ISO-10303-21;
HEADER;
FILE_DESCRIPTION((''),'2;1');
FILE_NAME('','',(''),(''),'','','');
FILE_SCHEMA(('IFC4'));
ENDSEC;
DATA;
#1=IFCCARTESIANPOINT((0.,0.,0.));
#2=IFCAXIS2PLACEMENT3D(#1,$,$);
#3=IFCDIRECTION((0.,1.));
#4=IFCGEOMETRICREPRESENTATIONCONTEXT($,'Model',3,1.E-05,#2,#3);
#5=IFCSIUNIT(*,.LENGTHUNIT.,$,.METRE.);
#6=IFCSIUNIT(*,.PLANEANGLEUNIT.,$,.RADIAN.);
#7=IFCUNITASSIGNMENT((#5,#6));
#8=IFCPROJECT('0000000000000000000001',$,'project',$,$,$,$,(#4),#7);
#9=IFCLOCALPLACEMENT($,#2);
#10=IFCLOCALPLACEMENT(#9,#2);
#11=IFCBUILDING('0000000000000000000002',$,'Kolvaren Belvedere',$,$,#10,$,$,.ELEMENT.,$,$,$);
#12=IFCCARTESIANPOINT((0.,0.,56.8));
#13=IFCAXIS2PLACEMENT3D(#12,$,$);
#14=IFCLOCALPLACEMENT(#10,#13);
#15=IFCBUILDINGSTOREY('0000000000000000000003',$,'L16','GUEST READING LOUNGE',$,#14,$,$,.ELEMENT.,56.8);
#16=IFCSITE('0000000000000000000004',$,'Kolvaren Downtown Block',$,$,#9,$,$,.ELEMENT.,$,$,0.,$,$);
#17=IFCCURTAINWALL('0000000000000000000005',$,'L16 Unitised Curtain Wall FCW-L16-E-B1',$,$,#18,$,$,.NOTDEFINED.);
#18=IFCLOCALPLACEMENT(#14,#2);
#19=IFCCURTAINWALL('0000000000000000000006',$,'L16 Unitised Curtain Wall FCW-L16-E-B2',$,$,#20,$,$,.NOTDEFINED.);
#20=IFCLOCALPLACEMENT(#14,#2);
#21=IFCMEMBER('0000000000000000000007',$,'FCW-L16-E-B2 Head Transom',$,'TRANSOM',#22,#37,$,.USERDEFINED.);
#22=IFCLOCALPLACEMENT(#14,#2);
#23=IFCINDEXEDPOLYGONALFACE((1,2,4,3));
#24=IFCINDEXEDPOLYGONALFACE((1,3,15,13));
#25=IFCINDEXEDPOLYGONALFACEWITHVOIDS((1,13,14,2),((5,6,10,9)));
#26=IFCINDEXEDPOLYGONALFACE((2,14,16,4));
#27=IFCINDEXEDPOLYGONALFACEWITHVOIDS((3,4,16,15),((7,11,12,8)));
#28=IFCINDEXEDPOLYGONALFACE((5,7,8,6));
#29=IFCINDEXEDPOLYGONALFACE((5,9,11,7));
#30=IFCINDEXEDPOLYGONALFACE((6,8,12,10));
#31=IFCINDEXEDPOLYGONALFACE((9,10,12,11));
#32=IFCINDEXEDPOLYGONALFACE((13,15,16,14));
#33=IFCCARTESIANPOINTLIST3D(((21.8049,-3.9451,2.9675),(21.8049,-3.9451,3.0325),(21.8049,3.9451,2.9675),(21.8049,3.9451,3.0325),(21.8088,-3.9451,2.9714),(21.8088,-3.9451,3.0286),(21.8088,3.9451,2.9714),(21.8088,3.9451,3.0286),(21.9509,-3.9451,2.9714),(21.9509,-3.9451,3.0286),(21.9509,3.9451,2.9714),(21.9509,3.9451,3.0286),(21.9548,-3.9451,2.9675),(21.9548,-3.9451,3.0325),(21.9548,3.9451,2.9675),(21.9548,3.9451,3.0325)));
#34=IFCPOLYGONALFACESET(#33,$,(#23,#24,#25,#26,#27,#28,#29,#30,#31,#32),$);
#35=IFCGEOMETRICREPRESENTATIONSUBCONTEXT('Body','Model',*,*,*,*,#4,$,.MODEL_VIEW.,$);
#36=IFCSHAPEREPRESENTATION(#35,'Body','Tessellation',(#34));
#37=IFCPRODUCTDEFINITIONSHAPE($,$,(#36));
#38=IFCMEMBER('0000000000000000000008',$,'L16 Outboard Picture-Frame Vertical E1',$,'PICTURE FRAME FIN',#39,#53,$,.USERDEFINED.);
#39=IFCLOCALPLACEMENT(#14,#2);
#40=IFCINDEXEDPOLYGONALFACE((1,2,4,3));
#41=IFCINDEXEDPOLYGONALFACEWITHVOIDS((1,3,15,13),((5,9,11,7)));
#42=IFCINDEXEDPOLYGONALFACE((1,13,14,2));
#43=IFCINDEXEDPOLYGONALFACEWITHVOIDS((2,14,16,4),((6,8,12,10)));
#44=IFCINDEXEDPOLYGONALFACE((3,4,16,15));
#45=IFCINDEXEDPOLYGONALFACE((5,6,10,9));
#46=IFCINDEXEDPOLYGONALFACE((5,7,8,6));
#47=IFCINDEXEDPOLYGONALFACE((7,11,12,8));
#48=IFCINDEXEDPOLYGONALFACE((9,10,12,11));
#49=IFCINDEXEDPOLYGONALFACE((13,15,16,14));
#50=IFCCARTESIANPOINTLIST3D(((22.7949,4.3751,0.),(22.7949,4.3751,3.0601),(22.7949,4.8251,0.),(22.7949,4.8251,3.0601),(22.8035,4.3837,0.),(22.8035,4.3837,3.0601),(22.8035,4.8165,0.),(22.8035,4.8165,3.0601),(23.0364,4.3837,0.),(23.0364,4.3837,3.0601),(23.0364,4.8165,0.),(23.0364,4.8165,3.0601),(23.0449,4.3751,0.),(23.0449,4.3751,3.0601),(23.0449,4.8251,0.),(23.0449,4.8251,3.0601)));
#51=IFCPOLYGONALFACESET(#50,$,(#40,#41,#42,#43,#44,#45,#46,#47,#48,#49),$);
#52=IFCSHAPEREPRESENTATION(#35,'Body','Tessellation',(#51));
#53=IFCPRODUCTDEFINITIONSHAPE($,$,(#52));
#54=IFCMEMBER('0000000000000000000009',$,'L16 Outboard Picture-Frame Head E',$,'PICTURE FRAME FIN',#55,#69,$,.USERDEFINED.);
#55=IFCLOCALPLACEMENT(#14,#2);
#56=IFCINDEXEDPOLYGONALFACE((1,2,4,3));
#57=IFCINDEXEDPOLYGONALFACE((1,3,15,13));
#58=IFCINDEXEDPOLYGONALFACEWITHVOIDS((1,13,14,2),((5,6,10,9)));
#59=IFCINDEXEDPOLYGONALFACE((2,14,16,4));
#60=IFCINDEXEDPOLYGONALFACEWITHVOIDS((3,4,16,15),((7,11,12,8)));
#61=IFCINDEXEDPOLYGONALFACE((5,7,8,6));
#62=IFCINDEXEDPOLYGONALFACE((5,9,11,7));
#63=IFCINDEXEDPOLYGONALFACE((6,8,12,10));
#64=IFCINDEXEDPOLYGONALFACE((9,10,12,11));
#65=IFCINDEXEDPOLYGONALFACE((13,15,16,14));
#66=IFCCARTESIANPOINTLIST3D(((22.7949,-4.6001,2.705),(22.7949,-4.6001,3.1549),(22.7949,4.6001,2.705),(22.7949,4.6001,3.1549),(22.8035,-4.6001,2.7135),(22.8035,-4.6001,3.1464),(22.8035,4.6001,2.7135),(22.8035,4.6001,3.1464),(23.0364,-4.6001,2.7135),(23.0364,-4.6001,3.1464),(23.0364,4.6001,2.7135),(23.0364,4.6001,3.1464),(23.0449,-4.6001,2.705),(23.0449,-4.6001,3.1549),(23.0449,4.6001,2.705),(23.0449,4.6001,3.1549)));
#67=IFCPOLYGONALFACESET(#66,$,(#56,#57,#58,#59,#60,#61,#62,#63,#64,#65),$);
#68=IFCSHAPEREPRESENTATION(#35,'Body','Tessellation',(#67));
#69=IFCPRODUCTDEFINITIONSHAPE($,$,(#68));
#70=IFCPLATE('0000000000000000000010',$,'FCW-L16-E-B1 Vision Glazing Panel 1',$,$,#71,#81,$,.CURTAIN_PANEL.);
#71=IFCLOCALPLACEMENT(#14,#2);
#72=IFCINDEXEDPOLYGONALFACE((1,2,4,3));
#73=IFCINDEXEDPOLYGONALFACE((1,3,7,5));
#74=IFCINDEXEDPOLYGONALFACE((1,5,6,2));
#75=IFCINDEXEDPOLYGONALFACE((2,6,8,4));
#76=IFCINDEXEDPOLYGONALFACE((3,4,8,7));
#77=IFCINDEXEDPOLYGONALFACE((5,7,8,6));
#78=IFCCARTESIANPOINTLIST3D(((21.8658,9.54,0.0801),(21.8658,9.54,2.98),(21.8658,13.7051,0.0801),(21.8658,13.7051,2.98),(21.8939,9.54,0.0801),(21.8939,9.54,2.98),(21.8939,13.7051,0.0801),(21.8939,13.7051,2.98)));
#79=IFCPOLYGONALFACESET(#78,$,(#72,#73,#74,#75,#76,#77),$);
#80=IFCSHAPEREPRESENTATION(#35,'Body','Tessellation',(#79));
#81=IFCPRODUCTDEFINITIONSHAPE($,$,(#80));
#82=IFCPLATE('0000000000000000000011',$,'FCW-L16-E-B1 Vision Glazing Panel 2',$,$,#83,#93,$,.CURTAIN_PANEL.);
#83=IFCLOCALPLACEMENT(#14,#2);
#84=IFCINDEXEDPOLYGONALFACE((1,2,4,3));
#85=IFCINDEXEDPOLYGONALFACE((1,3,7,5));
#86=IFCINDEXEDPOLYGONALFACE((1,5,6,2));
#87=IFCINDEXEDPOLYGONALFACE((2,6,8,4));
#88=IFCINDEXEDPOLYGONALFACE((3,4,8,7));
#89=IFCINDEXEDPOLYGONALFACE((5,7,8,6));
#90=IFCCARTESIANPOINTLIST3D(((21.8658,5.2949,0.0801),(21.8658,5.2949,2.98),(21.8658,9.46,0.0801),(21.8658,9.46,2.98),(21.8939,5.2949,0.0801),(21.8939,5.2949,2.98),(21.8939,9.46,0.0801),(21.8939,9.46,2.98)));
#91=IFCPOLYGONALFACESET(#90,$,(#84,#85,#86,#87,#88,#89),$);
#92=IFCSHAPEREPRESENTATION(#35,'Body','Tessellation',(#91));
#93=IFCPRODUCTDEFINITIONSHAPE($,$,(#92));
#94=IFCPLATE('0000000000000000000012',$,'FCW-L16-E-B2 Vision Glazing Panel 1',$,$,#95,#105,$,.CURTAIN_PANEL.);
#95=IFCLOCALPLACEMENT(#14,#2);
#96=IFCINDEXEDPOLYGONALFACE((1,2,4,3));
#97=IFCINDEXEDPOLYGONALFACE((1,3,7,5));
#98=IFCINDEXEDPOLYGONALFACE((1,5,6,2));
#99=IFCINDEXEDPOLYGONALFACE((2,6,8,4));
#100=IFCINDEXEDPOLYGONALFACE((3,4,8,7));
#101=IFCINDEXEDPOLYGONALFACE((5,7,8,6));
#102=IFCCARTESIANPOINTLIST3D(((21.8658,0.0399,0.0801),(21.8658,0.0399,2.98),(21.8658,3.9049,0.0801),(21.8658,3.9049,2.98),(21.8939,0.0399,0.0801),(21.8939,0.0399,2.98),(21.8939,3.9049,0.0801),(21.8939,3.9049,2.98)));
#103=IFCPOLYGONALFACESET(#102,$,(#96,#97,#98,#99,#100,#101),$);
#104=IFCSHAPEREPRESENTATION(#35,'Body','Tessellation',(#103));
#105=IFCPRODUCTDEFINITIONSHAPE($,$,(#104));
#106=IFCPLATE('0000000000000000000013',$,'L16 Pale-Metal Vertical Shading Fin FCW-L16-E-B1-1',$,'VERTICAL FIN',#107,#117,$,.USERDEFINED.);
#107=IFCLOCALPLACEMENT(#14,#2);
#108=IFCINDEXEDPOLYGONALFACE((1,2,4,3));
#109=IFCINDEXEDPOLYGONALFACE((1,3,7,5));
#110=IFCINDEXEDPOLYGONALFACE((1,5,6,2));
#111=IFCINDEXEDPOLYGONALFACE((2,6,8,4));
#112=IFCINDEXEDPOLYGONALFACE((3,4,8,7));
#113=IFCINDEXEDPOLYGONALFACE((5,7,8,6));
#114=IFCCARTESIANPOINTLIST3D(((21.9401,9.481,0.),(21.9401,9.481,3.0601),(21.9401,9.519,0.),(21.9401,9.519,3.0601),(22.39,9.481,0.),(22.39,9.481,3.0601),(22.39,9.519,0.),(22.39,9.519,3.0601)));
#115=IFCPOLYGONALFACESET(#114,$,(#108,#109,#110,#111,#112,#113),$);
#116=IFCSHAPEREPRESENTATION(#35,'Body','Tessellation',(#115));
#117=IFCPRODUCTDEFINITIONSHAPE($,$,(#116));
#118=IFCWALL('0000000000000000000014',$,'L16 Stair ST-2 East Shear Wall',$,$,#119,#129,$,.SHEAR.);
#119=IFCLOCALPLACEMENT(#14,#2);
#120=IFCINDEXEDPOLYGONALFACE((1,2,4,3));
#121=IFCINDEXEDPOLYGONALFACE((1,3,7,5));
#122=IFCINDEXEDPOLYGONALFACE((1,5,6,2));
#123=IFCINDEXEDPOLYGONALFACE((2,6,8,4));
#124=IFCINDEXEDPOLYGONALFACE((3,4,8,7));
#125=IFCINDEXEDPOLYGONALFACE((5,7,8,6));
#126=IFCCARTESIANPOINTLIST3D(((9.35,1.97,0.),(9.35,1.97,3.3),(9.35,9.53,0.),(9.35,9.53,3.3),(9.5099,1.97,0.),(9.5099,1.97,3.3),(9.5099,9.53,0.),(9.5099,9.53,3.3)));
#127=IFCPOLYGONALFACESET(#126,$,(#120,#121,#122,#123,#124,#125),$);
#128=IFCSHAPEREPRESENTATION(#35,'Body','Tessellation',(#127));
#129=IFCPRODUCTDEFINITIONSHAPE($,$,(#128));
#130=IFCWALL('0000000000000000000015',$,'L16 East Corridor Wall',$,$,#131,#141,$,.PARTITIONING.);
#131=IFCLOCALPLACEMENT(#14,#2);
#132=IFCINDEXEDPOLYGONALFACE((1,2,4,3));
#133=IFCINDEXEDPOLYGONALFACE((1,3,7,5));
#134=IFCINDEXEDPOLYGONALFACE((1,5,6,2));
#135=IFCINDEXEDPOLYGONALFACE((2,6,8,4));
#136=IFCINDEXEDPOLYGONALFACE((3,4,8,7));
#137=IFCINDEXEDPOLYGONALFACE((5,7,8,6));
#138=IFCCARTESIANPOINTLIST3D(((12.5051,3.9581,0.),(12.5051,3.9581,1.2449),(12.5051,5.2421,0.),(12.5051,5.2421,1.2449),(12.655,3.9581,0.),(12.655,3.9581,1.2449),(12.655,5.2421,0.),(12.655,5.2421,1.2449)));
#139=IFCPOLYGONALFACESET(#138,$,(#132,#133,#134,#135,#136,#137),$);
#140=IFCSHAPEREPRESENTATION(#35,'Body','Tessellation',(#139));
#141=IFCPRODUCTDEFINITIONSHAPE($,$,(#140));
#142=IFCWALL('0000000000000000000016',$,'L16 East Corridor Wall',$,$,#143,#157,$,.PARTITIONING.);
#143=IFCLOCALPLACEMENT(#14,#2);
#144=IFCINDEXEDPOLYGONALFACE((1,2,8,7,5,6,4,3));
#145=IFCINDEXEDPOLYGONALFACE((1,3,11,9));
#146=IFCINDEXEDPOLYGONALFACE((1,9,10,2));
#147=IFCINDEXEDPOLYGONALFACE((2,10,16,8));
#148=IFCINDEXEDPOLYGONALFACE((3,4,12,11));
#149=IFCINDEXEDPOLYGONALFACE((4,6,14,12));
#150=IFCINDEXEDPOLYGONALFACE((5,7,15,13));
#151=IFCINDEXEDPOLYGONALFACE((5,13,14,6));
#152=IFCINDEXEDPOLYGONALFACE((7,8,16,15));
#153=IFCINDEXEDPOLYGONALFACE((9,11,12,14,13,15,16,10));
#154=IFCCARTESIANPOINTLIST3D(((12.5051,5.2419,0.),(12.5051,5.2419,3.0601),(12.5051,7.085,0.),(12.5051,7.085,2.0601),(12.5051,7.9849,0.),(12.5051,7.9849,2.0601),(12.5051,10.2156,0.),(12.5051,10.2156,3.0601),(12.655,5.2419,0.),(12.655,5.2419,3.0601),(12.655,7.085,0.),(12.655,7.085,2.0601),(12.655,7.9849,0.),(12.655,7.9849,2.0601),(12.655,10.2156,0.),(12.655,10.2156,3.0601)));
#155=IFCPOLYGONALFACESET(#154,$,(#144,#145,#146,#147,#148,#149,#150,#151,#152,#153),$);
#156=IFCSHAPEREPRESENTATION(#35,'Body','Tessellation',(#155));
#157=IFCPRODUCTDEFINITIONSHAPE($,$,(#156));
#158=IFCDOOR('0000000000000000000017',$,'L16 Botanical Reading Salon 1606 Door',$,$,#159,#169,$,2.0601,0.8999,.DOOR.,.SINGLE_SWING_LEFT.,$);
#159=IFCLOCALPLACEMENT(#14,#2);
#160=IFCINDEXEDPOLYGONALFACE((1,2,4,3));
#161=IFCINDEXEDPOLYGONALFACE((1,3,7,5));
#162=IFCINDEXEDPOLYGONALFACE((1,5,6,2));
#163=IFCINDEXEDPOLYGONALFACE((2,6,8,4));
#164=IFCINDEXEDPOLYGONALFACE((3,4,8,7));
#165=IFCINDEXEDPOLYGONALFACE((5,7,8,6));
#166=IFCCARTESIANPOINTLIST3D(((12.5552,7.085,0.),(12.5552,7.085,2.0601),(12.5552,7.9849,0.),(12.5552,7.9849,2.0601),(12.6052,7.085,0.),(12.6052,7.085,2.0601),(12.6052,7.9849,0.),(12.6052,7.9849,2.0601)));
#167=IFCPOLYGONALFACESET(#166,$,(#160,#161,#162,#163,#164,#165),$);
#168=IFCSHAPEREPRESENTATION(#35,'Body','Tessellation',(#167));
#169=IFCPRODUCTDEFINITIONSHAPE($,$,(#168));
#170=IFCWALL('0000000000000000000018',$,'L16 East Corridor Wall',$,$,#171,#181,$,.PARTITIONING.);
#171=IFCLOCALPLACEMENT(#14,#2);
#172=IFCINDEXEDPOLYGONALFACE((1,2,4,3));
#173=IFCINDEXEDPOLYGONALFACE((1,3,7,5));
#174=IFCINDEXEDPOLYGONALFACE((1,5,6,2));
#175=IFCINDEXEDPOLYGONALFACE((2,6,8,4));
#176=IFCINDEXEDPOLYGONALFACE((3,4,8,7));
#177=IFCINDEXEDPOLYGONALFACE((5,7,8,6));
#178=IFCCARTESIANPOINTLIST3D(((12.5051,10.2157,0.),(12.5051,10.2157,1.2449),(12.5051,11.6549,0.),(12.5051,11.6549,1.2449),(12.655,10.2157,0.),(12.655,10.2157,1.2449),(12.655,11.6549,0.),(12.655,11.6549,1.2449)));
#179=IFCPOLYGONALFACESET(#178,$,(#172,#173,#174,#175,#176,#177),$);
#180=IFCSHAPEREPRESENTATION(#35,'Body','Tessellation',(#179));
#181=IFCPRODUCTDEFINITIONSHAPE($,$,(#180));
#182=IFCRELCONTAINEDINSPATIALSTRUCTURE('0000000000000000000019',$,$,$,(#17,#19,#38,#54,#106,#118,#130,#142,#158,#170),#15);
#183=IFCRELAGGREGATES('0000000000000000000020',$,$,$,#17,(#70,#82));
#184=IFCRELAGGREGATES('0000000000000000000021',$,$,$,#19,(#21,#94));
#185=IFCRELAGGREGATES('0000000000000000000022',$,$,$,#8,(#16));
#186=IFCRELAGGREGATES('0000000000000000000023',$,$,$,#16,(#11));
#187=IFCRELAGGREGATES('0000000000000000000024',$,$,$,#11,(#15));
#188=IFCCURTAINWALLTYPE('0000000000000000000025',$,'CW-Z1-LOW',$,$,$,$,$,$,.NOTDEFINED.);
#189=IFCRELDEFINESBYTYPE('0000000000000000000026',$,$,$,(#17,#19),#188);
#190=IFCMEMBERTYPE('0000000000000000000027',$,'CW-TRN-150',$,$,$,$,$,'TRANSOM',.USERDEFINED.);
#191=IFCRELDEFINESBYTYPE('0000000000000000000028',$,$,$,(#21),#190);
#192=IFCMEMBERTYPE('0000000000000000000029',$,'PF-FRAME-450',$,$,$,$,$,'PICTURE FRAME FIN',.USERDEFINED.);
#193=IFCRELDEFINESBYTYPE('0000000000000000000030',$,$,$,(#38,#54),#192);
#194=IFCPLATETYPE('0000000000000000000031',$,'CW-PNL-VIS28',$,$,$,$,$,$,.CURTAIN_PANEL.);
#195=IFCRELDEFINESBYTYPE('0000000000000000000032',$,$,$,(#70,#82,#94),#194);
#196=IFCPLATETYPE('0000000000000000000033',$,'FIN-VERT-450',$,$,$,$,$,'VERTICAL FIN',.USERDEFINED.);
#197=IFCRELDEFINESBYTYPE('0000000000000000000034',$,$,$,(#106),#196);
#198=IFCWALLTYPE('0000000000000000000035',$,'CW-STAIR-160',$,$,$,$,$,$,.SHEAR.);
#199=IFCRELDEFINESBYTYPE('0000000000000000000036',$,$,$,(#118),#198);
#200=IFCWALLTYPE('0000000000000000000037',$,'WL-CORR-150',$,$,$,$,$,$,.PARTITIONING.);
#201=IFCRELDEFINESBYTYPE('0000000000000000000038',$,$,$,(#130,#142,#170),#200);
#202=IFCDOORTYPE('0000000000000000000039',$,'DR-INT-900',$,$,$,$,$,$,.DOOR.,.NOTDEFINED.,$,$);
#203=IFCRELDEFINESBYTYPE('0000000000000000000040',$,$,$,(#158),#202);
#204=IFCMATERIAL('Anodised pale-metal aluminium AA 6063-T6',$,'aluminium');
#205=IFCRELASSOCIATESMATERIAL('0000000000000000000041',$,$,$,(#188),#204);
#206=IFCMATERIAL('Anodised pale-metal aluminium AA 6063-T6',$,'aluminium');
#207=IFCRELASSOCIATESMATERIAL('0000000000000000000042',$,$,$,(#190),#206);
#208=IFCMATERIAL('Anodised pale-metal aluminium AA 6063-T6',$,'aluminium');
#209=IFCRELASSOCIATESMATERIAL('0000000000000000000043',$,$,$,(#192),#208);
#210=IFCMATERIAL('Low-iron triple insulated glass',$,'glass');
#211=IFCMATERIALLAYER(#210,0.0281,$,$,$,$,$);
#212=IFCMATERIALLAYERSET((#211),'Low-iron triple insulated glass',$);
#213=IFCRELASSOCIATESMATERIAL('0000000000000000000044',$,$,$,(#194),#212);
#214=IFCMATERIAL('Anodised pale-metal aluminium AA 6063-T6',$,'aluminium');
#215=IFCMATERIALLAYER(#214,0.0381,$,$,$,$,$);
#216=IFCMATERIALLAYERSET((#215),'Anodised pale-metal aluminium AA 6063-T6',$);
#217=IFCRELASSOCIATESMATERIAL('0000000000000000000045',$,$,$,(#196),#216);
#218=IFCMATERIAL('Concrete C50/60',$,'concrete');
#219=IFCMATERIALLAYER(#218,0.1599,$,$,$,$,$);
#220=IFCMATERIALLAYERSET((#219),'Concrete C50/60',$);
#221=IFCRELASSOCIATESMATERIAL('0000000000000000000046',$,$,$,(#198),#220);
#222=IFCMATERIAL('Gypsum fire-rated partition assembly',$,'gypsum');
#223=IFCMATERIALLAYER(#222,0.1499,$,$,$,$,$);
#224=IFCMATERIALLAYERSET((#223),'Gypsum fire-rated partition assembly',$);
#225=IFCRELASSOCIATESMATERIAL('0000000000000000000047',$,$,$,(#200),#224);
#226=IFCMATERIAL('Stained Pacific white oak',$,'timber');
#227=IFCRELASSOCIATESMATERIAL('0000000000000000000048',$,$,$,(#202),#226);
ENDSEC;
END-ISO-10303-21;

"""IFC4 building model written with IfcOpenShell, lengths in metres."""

from ifc_helpers import new_model, si_unit, direction, frame, frame_2d, origin, origin_2d, place, context, subcontext, project, spatial, rectangle, hollow_rectangle, extrude, material, layer, layer_set, material_profile, profile_set, type_object, element, fill, aggregate, save


model = new_model("IFC4")

# Units and contexts
model_context = context("Model", 3, precision=1e-05, world=origin(), true_north=direction((0.0, 1.0)))
body_context = subcontext(model_context, "Body", "Model", "MODEL_VIEW")
ifc_project = project(units=[si_unit("LENGTHUNIT", "METRE"), si_unit("PLANEANGLEUNIT", "RADIAN")], contexts=[model_context])

# Site, building, storey
site_placement = place(None, origin())
site = spatial("IfcSite", under=ifc_project, at=site_placement, Name="Kolvaren Downtown Block", CompositionType="ELEMENT", RefElevation=0.0)
building_placement = place(site_placement, origin())
building = spatial("IfcBuilding", under=site, at=building_placement, Name="Kolvaren Belvedere", CompositionType="ELEMENT")
storey_placement = place(building_placement, frame((0.0, 0.0, 56.8)))
storey = spatial("IfcBuildingStorey", under=building, at=storey_placement, Name="L16", Description="GUEST READING LOUNGE", CompositionType="ELEMENT", Elevation=56.8)

# Curtain walls, member
ifc_material_1 = material(Name="Anodised pale-metal aluminium AA 6063-T6", Category="aluminium")
curtain_wall_type = type_object("IfcCurtainWallType", Name="CW-Z1-LOW", PredefinedType="NOTDEFINED", material=ifc_material_1)
curtain_wall_1_placement = place(storey_placement, origin())
curtain_wall_1 = element("IfcCurtainWall", 1, at=curtain_wall_1_placement, inside=storey, type_object=curtain_wall_type, Name="L16 Unitised Curtain Wall FCW-L16-E-B1", PredefinedType="NOTDEFINED")
curtain_wall_2_placement = place(storey_placement, origin())
curtain_wall_2 = element("IfcCurtainWall", 2, at=curtain_wall_2_placement, inside=storey, type_object=curtain_wall_type, Name="L16 Unitised Curtain Wall FCW-L16-E-B2", PredefinedType="NOTDEFINED")
ifc_material_2 = material(Name="Anodised pale-metal aluminium AA 6063-T6", Category="aluminium")
ifc_material_profile_1 = material_profile(ifc_material_2, hollow_rectangle(XDim=0.0649, YDim=0.1499, WallThickness=0.0039, at=origin_2d()), Name="ALU-TRN-150X65")
ifc_profile_set_1 = profile_set([ifc_material_profile_1], Name="Anodised pale-metal aluminium AA 6063-T6")
member_type_1 = type_object("IfcMemberType", Name="CW-TRN-150", ElementType="TRANSOM", PredefinedType="USERDEFINED", material=ifc_profile_set_1)
member_1_placement = place(storey_placement, frame((21.8799, 3.9451, 3.0), z_axis=(0.0, -1.0, 0.0), x_axis=(0.0, 0.0, 1.0)))
member_1 = element("IfcMember", 3, at=member_1_placement, type_object=member_type_1, Name="FCW-L16-E-B2 Head Transom", ObjectType="TRANSOM", PredefinedType="USERDEFINED", context=body_context, shape_type="SweptSolid", body=[
    extrude(hollow_rectangle(XDim=0.0649, YDim=0.1499, WallThickness=0.0039, at=origin_2d()), origin(), (0.0, 0.0, 1.0), 7.8901),
])

# Members
ifc_material_3 = material(Name="Anodised pale-metal aluminium AA 6063-T6", Category="aluminium")
ifc_material_profile_2 = material_profile(ifc_material_3, hollow_rectangle(XDim=0.25, YDim=0.45, WallThickness=0.0085, at=origin_2d()), Name="ALU-PF-450X250")
ifc_profile_set_2 = profile_set([ifc_material_profile_2], Name="Anodised pale-metal aluminium AA 6063-T6")
member_type_2 = type_object("IfcMemberType", Name="PF-FRAME-450", ElementType="PICTURE FRAME FIN", PredefinedType="USERDEFINED", material=ifc_profile_set_2)
member_2_placement = place(storey_placement, frame((22.9199, 4.6001, 0.0), z_axis=(0.0, 0.0, 1.0), x_axis=(1.0, 0.0, 0.0)))
element("IfcMember", 4, at=member_2_placement, inside=storey, type_object=member_type_2, Name="L16 Outboard Picture-Frame Vertical E1", ObjectType="PICTURE FRAME FIN", PredefinedType="USERDEFINED", context=body_context, shape_type="SweptSolid", body=[
    extrude(hollow_rectangle(XDim=0.25, YDim=0.45, WallThickness=0.0085, at=origin_2d()), origin(), (0.0, 0.0, 1.0), 3.0601),
])
member_3_placement = place(storey_placement, frame((22.9199, 4.6001, 2.9299), z_axis=(0.0, -1.0, 0.0), x_axis=(1.0, 0.0, 0.0)))
element("IfcMember", 5, at=member_3_placement, inside=storey, type_object=member_type_2, Name="L16 Outboard Picture-Frame Head E", ObjectType="PICTURE FRAME FIN", PredefinedType="USERDEFINED", context=body_context, shape_type="SweptSolid", body=[
    extrude(hollow_rectangle(XDim=0.25, YDim=0.45, WallThickness=0.0085, at=origin_2d()), origin(), (0.0, 0.0, 1.0), 9.2002),
])

# Plates
ifc_material_4 = material(Name="Low-iron triple insulated glass", Category="glass")
ifc_layer_1 = layer(ifc_material_4, 0.0281)
ifc_layer_set_1 = layer_set([ifc_layer_1], Name="Low-iron triple insulated glass")
plate_type_1 = type_object("IfcPlateType", Name="CW-PNL-VIS28", PredefinedType="CURTAIN_PANEL", material=ifc_layer_set_1)
plate_1_placement = place(storey_placement, frame((21.8799, 11.6226, 0.0801), z_axis=(0.0, 0.0, 1.0), x_axis=(0.0, -1.0, 0.0)))
plate_1 = element("IfcPlate", 6, at=plate_1_placement, type_object=plate_type_1, Name="FCW-L16-E-B1 Vision Glazing Panel 1", PredefinedType="CURTAIN_PANEL", context=body_context, shape_type="SweptSolid", body=[
    extrude(rectangle(XDim=4.165, YDim=0.0281, at=origin_2d()), origin(), (0.0, 0.0, 1.0), 2.8999),
])
plate_2_placement = place(storey_placement, frame((21.8799, 7.3774, 0.0801), z_axis=(0.0, 0.0, 1.0), x_axis=(0.0, -1.0, 0.0)))
plate_2 = element("IfcPlate", 7, at=plate_2_placement, type_object=plate_type_1, Name="FCW-L16-E-B1 Vision Glazing Panel 2", PredefinedType="CURTAIN_PANEL", context=body_context, shape_type="SweptSolid", body=[
    extrude(rectangle(XDim=4.165, YDim=0.0281, at=origin_2d()), origin(), (0.0, 0.0, 1.0), 2.8999),
])
aggregate(curtain_wall_1, [plate_1, plate_2])
plate_3_placement = place(storey_placement, frame((21.8799, 1.9724, 0.0801), z_axis=(0.0, 0.0, 1.0), x_axis=(0.0, -1.0, 0.0)))
plate_3 = element("IfcPlate", 8, at=plate_3_placement, type_object=plate_type_1, Name="FCW-L16-E-B2 Vision Glazing Panel 1", PredefinedType="CURTAIN_PANEL", context=body_context, shape_type="SweptSolid", body=[
    extrude(rectangle(XDim=3.865, YDim=0.0281, at=origin_2d()), origin(), (0.0, 0.0, 1.0), 2.8999),
])
aggregate(curtain_wall_2, [member_1, plate_3])
ifc_material_5 = material(Name="Anodised pale-metal aluminium AA 6063-T6", Category="aluminium")
ifc_layer_2 = layer(ifc_material_5, 0.0381)
ifc_layer_set_2 = layer_set([ifc_layer_2], Name="Anodised pale-metal aluminium AA 6063-T6")
plate_type_2 = type_object("IfcPlateType", Name="FIN-VERT-450", ElementType="VERTICAL FIN", PredefinedType="USERDEFINED", material=ifc_layer_set_2)
plate_4_placement = place(storey_placement, frame((22.165, 9.5, 0.0), z_axis=(0.0, 0.0, 1.0), x_axis=(1.0, 0.0, 0.0)))
element("IfcPlate", 9, at=plate_4_placement, inside=storey, type_object=plate_type_2, Name="L16 Pale-Metal Vertical Shading Fin FCW-L16-E-B1-1", ObjectType="VERTICAL FIN", PredefinedType="USERDEFINED", context=body_context, shape_type="SweptSolid", body=[
    extrude(rectangle(XDim=0.45, YDim=0.0381, at=origin_2d()), origin(), (0.0, 0.0, 1.0), 3.0601),
])

# Walls
ifc_material_6 = material(Name="Concrete C50/60", Category="concrete")
ifc_layer_3 = layer(ifc_material_6, 0.1599)
ifc_layer_set_3 = layer_set([ifc_layer_3], Name="Concrete C50/60")
wall_type_1 = type_object("IfcWallType", Name="CW-STAIR-160", PredefinedType="SHEAR", material=ifc_layer_set_3)
wall_1_placement = place(storey_placement, frame((9.4299, 1.97, 0.0), z_axis=(0.0, 0.0, 1.0), x_axis=(0.0, 1.0, 0.0)))
element("IfcWall", 10, at=wall_1_placement, inside=storey, type_object=wall_type_1, Name="L16 Stair ST-2 East Shear Wall", PredefinedType="SHEAR", context=body_context, shape_type="SweptSolid", body=[
    extrude(rectangle(XDim=7.5601, YDim=0.1599, at=frame_2d((3.78, 0.0))), origin(), (0.0, 0.0, 1.0), 3.3),
])
ifc_material_7 = material(Name="Gypsum fire-rated partition assembly", Category="gypsum")
ifc_layer_4 = layer(ifc_material_7, 0.1499)
ifc_layer_set_4 = layer_set([ifc_layer_4], Name="Gypsum fire-rated partition assembly")
wall_type_2 = type_object("IfcWallType", Name="WL-CORR-150", PredefinedType="PARTITIONING", material=ifc_layer_set_4)
wall_2_placement = place(storey_placement, frame((12.5801, 3.958, 0.0), z_axis=(0.0, 0.0, 1.0), x_axis=(0.0, 1.0, 0.0)))
element("IfcWall", 11, at=wall_2_placement, inside=storey, type_object=wall_type_2, Name="L16 East Corridor Wall", PredefinedType="PARTITIONING", context=body_context, shape_type="SweptSolid", body=[
    extrude(rectangle(XDim=1.2839, YDim=0.1499, at=frame_2d((0.6421, 0.0))), origin(), (0.0, 0.0, 1.0), 1.2449),
])

# Wall, opening, door
wall_3_placement = place(storey_placement, frame((12.5801, 5.2419, 0.0), z_axis=(0.0, 0.0, 1.0), x_axis=(0.0, 1.0, 0.0)))
wall_3 = element("IfcWall", 12, at=wall_3_placement, inside=storey, type_object=wall_type_2, Name="L16 East Corridor Wall", PredefinedType="PARTITIONING", context=body_context, shape_type="SweptSolid", body=[
    extrude(rectangle(XDim=4.9736, YDim=0.1499, at=frame_2d((2.4868, 0.0))), origin(), (0.0, 0.0, 1.0), 3.0601),
])
opening_placement = place(wall_3_placement, frame((1.843, 0.0, 0.0)))
opening = element("IfcOpeningElement", 13, at=opening_placement, cuts=wall_3, PredefinedType="OPENING", context=body_context, shape_type="SweptSolid", body=[
    extrude(rectangle(XDim=0.8999, YDim=2.0601, at=frame_2d((0.45, 1.03))), frame((0.0, 0.085, 0.0), z_axis=(0.0, -1.0, 0.0), x_axis=(1.0, 0.0, 0.0)), (0.0, 0.0, 1.0), 0.1699),
])
ifc_material_8 = material(Name="Stained Pacific white oak", Category="timber")
door_type = type_object("IfcDoorType", Name="DR-INT-900", OperationType="NOTDEFINED", PredefinedType="DOOR", material=ifc_material_8)
door_placement = place(opening_placement, origin())
door = element("IfcDoor", 14, at=door_placement, inside=storey, type_object=door_type, Name="L16 Botanical Reading Salon 1606 Door", OperationType="SINGLE_SWING_LEFT", OverallHeight=2.0601, OverallWidth=0.8999, PredefinedType="DOOR", context=body_context, shape_type="SweptSolid", body=[
    extrude(rectangle(XDim=0.8999, YDim=2.0601, at=frame_2d((0.45, 1.03))), frame((0.0, 0.0249, 0.0), z_axis=(0.0, -1.0, 0.0), x_axis=(1.0, 0.0, 0.0)), (0.0, 0.0, 1.0), 0.05),
])
fill(opening, door)

# Wall
wall_4_placement = place(storey_placement, frame((12.5801, 10.2156, 0.0), z_axis=(0.0, 0.0, 1.0), x_axis=(0.0, 1.0, 0.0)))
element("IfcWall", 15, at=wall_4_placement, inside=storey, type_object=wall_type_2, Name="L16 East Corridor Wall", PredefinedType="PARTITIONING", context=body_context, shape_type="SweptSolid", body=[
    extrude(rectangle(XDim=1.4392, YDim=0.1499, at=frame_2d((0.7197, 0.0))), origin(), (0.0, 0.0, 1.0), 1.2449),
])

save(model, "model.ifc")
